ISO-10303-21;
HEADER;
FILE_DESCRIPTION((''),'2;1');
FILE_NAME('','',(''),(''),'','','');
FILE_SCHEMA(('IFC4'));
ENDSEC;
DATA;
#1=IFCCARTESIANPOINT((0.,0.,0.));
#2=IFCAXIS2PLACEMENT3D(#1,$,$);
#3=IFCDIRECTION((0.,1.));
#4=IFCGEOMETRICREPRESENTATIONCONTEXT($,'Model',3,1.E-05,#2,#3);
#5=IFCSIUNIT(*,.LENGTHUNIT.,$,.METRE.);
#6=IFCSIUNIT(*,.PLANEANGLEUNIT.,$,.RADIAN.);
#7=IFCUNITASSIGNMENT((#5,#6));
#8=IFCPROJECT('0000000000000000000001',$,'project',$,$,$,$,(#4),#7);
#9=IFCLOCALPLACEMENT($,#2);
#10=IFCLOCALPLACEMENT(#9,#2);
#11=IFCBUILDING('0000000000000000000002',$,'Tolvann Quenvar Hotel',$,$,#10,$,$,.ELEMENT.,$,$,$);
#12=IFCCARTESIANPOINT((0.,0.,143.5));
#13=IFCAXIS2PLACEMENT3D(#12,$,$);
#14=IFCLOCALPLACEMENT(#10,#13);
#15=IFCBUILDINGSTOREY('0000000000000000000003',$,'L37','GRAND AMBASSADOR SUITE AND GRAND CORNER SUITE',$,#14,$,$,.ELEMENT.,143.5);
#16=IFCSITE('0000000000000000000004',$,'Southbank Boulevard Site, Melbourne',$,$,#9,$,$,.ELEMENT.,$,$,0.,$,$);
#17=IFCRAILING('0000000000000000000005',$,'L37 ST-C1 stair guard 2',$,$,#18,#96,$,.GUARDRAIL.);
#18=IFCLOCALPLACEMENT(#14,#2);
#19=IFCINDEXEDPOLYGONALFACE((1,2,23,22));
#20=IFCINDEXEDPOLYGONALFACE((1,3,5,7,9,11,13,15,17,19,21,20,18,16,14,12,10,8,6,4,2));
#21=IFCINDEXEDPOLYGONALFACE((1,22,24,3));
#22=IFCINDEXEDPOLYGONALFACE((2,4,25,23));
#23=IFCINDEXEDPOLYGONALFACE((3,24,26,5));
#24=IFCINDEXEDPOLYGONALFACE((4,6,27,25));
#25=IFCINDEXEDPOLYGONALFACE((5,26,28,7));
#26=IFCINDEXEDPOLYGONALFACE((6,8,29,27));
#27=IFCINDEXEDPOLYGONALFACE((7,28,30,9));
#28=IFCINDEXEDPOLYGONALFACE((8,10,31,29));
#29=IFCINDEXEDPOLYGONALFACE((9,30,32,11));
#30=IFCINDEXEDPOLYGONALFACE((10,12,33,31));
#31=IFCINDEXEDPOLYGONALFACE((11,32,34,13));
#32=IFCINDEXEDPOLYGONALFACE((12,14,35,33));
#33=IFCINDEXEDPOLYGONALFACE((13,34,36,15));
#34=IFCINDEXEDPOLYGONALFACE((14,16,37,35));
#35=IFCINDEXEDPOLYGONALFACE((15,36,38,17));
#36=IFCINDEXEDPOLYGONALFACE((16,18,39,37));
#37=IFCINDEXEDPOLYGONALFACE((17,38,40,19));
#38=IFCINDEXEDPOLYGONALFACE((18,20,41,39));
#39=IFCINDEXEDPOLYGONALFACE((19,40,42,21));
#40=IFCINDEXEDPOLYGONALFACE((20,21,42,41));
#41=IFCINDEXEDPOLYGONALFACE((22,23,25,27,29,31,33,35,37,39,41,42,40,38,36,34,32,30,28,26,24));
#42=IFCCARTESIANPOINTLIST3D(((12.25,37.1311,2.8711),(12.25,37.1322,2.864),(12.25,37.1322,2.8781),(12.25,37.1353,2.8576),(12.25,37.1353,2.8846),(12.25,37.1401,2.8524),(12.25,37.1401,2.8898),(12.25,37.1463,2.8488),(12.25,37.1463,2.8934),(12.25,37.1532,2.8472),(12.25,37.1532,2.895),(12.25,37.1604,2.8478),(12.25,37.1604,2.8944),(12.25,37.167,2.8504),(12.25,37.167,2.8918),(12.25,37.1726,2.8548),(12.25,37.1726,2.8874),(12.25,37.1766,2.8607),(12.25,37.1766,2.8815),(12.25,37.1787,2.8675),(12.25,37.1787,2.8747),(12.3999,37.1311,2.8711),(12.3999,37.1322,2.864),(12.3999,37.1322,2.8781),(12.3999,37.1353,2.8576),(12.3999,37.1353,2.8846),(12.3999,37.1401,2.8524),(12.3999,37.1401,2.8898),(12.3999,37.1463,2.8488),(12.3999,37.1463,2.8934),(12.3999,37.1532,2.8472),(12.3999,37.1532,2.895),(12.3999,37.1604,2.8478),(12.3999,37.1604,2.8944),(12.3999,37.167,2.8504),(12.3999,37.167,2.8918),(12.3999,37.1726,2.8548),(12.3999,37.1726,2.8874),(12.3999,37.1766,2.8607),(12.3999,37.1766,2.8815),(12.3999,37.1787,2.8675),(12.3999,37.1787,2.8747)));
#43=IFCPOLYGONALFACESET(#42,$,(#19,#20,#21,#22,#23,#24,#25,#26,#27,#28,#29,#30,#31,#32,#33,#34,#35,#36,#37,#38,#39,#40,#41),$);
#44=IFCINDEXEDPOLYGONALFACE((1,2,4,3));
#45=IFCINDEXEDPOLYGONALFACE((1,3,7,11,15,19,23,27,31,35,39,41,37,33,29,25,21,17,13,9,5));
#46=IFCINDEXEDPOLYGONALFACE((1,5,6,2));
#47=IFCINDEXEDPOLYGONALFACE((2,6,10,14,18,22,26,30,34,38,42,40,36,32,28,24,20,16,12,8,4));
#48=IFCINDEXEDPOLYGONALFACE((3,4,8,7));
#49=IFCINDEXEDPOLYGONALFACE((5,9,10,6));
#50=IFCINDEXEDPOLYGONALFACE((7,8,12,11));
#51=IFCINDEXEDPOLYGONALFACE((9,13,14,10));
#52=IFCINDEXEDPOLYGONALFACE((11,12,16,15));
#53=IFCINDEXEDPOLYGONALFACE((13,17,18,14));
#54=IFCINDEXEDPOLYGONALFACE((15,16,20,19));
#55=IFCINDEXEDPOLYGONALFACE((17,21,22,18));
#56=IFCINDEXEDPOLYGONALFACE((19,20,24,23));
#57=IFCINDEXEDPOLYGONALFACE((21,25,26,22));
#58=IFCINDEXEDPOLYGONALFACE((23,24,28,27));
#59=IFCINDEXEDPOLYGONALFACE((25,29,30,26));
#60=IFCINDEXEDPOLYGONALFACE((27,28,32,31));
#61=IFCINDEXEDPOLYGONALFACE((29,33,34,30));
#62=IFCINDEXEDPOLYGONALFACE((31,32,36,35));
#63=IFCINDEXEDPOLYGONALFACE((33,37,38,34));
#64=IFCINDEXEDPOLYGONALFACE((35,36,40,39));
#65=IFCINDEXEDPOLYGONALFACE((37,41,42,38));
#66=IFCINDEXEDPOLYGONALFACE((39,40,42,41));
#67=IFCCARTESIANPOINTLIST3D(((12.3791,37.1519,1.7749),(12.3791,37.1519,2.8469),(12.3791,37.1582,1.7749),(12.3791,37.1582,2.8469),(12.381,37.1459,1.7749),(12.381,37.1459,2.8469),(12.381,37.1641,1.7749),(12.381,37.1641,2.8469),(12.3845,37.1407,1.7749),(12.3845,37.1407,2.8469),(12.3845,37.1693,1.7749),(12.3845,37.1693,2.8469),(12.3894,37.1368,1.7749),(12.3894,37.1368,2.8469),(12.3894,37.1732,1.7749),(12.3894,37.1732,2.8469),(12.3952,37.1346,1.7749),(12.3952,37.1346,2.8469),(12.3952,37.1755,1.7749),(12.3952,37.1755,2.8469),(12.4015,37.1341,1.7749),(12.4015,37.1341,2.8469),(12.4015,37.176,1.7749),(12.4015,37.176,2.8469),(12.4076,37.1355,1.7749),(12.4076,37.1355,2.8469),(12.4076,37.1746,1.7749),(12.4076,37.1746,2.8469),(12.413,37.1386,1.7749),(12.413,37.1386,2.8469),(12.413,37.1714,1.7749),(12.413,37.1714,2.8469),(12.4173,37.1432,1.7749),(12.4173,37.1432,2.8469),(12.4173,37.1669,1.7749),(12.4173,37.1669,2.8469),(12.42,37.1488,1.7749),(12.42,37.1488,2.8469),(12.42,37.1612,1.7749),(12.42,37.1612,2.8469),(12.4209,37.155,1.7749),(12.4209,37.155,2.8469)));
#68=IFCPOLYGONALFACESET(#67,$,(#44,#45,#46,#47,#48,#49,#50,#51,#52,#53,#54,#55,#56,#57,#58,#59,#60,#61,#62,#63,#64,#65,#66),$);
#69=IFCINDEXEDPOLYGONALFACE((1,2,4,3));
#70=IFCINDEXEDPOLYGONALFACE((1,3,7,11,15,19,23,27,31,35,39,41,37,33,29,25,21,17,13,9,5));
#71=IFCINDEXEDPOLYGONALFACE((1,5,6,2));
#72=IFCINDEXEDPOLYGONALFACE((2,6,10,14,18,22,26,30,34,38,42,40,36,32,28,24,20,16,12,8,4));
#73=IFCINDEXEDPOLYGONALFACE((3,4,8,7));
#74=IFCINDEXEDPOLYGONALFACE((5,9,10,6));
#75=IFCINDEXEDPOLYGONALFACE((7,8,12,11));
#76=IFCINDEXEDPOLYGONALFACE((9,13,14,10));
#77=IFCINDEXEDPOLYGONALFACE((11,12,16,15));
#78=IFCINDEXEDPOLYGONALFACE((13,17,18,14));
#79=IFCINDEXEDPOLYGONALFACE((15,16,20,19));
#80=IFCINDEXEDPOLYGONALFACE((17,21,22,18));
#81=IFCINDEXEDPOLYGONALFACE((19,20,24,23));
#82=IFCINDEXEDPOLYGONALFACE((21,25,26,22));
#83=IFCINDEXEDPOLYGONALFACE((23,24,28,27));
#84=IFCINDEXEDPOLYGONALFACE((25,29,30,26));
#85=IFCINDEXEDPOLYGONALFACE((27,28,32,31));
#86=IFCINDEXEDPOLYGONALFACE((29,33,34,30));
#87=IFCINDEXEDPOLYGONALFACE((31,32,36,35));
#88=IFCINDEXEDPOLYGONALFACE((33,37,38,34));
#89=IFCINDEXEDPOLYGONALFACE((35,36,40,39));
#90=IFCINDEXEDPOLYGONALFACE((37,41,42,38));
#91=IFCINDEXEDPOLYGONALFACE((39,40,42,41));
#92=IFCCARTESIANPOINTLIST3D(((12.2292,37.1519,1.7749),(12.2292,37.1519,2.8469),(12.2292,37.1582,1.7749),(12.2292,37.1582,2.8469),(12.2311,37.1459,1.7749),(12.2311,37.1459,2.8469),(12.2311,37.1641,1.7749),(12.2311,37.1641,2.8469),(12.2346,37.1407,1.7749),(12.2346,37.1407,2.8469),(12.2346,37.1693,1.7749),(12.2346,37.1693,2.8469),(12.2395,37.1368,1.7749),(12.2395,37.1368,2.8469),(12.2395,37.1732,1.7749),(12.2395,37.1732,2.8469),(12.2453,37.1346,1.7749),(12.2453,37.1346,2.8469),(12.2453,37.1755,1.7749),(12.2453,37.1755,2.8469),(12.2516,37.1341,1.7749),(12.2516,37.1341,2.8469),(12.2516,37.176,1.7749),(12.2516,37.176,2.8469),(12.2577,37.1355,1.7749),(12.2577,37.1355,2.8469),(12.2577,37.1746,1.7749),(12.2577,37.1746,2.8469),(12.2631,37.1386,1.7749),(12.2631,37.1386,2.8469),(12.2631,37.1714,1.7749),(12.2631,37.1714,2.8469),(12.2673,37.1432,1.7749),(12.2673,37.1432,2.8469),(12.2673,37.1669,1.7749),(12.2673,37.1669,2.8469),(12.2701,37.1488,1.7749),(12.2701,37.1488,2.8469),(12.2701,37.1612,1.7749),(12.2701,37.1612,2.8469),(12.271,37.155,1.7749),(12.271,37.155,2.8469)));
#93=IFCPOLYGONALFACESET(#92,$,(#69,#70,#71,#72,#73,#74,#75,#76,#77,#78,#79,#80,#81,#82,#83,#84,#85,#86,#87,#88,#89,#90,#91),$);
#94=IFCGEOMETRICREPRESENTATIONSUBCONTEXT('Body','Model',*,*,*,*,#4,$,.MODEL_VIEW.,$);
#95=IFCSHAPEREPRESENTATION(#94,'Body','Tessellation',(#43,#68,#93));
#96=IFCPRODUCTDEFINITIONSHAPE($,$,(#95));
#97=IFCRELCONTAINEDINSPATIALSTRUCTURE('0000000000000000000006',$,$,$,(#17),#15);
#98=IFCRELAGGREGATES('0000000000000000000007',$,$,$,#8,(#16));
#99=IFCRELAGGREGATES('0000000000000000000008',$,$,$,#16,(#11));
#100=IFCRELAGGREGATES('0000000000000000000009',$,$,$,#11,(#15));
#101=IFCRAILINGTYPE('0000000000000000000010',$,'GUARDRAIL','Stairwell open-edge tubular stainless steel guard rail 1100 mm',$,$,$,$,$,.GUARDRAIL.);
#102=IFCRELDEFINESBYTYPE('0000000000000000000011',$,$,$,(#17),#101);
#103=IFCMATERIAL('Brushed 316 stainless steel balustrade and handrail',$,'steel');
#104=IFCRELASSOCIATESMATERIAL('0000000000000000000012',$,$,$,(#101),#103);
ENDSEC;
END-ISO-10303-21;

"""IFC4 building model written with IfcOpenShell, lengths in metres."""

from ifc_helpers import new_model, si_unit, direction, frame, origin, origin_2d, place, context, subcontext, project, spatial, circle, extrude, material, type_object, element, save


model = new_model("IFC4")

# Units and contexts
model_context = context("Model", 3, precision=1e-05, world=origin(), true_north=direction((0.0, 1.0)))
body_context = subcontext(model_context, "Body", "Model", "MODEL_VIEW")
ifc_project = project(units=[si_unit("LENGTHUNIT", "METRE"), si_unit("PLANEANGLEUNIT", "RADIAN")], contexts=[model_context])

# Site, building, storey
site_placement = place(None, origin())
site = spatial("IfcSite", under=ifc_project, at=site_placement, Name="Southbank Boulevard Site, Melbourne", CompositionType="ELEMENT", RefElevation=0.0)
building_placement = place(site_placement, origin())
building = spatial("IfcBuilding", under=site, at=building_placement, Name="Tolvann Quenvar Hotel", CompositionType="ELEMENT")
storey_placement = place(building_placement, frame((0.0, 0.0, 143.5)))
storey = spatial("IfcBuildingStorey", under=building, at=storey_placement, Name="L37", Description="GRAND AMBASSADOR SUITE AND GRAND CORNER SUITE", CompositionType="ELEMENT", Elevation=143.5)

# Railing
ifc_material_1 = material(Name="Brushed 316 stainless steel balustrade and handrail", Category="steel")
railing_type_1 = type_object("IfcRailingType", Name="GUARDRAIL", Description="Stairwell open-edge tubular stainless steel guard rail 1100 mm", PredefinedType="GUARDRAIL", material=ifc_material_1)
railing_1_placement = place(storey_placement, frame((12.3999, 37.155, 1.7749)))
element("IfcRailing", 1, at=railing_1_placement, inside=storey, type_object=railing_type_1, Name="L37 ST-C1 stair guard 2", PredefinedType="GUARDRAIL", context=body_context, shape_type="SweptSolid", body=[
    extrude(circle(Radius=0.0239, at=origin_2d()), frame((0.0, 0.0, 1.0962), z_axis=(-1.0, 0.0, 0.0), x_axis=(0.0, -1.0, 0.0)), (0.0, 0.0, 1.0), 0.1499),
    extrude(circle(Radius=0.021, at=origin_2d()), origin(), (0.0, 0.0, 1.0), 1.072),
    extrude(circle(Radius=0.021, at=origin_2d()), frame((-0.1499, 0.0, 0.0)), (0.0, 0.0, 1.0), 1.072),
])

save(model, "model.ifc")
